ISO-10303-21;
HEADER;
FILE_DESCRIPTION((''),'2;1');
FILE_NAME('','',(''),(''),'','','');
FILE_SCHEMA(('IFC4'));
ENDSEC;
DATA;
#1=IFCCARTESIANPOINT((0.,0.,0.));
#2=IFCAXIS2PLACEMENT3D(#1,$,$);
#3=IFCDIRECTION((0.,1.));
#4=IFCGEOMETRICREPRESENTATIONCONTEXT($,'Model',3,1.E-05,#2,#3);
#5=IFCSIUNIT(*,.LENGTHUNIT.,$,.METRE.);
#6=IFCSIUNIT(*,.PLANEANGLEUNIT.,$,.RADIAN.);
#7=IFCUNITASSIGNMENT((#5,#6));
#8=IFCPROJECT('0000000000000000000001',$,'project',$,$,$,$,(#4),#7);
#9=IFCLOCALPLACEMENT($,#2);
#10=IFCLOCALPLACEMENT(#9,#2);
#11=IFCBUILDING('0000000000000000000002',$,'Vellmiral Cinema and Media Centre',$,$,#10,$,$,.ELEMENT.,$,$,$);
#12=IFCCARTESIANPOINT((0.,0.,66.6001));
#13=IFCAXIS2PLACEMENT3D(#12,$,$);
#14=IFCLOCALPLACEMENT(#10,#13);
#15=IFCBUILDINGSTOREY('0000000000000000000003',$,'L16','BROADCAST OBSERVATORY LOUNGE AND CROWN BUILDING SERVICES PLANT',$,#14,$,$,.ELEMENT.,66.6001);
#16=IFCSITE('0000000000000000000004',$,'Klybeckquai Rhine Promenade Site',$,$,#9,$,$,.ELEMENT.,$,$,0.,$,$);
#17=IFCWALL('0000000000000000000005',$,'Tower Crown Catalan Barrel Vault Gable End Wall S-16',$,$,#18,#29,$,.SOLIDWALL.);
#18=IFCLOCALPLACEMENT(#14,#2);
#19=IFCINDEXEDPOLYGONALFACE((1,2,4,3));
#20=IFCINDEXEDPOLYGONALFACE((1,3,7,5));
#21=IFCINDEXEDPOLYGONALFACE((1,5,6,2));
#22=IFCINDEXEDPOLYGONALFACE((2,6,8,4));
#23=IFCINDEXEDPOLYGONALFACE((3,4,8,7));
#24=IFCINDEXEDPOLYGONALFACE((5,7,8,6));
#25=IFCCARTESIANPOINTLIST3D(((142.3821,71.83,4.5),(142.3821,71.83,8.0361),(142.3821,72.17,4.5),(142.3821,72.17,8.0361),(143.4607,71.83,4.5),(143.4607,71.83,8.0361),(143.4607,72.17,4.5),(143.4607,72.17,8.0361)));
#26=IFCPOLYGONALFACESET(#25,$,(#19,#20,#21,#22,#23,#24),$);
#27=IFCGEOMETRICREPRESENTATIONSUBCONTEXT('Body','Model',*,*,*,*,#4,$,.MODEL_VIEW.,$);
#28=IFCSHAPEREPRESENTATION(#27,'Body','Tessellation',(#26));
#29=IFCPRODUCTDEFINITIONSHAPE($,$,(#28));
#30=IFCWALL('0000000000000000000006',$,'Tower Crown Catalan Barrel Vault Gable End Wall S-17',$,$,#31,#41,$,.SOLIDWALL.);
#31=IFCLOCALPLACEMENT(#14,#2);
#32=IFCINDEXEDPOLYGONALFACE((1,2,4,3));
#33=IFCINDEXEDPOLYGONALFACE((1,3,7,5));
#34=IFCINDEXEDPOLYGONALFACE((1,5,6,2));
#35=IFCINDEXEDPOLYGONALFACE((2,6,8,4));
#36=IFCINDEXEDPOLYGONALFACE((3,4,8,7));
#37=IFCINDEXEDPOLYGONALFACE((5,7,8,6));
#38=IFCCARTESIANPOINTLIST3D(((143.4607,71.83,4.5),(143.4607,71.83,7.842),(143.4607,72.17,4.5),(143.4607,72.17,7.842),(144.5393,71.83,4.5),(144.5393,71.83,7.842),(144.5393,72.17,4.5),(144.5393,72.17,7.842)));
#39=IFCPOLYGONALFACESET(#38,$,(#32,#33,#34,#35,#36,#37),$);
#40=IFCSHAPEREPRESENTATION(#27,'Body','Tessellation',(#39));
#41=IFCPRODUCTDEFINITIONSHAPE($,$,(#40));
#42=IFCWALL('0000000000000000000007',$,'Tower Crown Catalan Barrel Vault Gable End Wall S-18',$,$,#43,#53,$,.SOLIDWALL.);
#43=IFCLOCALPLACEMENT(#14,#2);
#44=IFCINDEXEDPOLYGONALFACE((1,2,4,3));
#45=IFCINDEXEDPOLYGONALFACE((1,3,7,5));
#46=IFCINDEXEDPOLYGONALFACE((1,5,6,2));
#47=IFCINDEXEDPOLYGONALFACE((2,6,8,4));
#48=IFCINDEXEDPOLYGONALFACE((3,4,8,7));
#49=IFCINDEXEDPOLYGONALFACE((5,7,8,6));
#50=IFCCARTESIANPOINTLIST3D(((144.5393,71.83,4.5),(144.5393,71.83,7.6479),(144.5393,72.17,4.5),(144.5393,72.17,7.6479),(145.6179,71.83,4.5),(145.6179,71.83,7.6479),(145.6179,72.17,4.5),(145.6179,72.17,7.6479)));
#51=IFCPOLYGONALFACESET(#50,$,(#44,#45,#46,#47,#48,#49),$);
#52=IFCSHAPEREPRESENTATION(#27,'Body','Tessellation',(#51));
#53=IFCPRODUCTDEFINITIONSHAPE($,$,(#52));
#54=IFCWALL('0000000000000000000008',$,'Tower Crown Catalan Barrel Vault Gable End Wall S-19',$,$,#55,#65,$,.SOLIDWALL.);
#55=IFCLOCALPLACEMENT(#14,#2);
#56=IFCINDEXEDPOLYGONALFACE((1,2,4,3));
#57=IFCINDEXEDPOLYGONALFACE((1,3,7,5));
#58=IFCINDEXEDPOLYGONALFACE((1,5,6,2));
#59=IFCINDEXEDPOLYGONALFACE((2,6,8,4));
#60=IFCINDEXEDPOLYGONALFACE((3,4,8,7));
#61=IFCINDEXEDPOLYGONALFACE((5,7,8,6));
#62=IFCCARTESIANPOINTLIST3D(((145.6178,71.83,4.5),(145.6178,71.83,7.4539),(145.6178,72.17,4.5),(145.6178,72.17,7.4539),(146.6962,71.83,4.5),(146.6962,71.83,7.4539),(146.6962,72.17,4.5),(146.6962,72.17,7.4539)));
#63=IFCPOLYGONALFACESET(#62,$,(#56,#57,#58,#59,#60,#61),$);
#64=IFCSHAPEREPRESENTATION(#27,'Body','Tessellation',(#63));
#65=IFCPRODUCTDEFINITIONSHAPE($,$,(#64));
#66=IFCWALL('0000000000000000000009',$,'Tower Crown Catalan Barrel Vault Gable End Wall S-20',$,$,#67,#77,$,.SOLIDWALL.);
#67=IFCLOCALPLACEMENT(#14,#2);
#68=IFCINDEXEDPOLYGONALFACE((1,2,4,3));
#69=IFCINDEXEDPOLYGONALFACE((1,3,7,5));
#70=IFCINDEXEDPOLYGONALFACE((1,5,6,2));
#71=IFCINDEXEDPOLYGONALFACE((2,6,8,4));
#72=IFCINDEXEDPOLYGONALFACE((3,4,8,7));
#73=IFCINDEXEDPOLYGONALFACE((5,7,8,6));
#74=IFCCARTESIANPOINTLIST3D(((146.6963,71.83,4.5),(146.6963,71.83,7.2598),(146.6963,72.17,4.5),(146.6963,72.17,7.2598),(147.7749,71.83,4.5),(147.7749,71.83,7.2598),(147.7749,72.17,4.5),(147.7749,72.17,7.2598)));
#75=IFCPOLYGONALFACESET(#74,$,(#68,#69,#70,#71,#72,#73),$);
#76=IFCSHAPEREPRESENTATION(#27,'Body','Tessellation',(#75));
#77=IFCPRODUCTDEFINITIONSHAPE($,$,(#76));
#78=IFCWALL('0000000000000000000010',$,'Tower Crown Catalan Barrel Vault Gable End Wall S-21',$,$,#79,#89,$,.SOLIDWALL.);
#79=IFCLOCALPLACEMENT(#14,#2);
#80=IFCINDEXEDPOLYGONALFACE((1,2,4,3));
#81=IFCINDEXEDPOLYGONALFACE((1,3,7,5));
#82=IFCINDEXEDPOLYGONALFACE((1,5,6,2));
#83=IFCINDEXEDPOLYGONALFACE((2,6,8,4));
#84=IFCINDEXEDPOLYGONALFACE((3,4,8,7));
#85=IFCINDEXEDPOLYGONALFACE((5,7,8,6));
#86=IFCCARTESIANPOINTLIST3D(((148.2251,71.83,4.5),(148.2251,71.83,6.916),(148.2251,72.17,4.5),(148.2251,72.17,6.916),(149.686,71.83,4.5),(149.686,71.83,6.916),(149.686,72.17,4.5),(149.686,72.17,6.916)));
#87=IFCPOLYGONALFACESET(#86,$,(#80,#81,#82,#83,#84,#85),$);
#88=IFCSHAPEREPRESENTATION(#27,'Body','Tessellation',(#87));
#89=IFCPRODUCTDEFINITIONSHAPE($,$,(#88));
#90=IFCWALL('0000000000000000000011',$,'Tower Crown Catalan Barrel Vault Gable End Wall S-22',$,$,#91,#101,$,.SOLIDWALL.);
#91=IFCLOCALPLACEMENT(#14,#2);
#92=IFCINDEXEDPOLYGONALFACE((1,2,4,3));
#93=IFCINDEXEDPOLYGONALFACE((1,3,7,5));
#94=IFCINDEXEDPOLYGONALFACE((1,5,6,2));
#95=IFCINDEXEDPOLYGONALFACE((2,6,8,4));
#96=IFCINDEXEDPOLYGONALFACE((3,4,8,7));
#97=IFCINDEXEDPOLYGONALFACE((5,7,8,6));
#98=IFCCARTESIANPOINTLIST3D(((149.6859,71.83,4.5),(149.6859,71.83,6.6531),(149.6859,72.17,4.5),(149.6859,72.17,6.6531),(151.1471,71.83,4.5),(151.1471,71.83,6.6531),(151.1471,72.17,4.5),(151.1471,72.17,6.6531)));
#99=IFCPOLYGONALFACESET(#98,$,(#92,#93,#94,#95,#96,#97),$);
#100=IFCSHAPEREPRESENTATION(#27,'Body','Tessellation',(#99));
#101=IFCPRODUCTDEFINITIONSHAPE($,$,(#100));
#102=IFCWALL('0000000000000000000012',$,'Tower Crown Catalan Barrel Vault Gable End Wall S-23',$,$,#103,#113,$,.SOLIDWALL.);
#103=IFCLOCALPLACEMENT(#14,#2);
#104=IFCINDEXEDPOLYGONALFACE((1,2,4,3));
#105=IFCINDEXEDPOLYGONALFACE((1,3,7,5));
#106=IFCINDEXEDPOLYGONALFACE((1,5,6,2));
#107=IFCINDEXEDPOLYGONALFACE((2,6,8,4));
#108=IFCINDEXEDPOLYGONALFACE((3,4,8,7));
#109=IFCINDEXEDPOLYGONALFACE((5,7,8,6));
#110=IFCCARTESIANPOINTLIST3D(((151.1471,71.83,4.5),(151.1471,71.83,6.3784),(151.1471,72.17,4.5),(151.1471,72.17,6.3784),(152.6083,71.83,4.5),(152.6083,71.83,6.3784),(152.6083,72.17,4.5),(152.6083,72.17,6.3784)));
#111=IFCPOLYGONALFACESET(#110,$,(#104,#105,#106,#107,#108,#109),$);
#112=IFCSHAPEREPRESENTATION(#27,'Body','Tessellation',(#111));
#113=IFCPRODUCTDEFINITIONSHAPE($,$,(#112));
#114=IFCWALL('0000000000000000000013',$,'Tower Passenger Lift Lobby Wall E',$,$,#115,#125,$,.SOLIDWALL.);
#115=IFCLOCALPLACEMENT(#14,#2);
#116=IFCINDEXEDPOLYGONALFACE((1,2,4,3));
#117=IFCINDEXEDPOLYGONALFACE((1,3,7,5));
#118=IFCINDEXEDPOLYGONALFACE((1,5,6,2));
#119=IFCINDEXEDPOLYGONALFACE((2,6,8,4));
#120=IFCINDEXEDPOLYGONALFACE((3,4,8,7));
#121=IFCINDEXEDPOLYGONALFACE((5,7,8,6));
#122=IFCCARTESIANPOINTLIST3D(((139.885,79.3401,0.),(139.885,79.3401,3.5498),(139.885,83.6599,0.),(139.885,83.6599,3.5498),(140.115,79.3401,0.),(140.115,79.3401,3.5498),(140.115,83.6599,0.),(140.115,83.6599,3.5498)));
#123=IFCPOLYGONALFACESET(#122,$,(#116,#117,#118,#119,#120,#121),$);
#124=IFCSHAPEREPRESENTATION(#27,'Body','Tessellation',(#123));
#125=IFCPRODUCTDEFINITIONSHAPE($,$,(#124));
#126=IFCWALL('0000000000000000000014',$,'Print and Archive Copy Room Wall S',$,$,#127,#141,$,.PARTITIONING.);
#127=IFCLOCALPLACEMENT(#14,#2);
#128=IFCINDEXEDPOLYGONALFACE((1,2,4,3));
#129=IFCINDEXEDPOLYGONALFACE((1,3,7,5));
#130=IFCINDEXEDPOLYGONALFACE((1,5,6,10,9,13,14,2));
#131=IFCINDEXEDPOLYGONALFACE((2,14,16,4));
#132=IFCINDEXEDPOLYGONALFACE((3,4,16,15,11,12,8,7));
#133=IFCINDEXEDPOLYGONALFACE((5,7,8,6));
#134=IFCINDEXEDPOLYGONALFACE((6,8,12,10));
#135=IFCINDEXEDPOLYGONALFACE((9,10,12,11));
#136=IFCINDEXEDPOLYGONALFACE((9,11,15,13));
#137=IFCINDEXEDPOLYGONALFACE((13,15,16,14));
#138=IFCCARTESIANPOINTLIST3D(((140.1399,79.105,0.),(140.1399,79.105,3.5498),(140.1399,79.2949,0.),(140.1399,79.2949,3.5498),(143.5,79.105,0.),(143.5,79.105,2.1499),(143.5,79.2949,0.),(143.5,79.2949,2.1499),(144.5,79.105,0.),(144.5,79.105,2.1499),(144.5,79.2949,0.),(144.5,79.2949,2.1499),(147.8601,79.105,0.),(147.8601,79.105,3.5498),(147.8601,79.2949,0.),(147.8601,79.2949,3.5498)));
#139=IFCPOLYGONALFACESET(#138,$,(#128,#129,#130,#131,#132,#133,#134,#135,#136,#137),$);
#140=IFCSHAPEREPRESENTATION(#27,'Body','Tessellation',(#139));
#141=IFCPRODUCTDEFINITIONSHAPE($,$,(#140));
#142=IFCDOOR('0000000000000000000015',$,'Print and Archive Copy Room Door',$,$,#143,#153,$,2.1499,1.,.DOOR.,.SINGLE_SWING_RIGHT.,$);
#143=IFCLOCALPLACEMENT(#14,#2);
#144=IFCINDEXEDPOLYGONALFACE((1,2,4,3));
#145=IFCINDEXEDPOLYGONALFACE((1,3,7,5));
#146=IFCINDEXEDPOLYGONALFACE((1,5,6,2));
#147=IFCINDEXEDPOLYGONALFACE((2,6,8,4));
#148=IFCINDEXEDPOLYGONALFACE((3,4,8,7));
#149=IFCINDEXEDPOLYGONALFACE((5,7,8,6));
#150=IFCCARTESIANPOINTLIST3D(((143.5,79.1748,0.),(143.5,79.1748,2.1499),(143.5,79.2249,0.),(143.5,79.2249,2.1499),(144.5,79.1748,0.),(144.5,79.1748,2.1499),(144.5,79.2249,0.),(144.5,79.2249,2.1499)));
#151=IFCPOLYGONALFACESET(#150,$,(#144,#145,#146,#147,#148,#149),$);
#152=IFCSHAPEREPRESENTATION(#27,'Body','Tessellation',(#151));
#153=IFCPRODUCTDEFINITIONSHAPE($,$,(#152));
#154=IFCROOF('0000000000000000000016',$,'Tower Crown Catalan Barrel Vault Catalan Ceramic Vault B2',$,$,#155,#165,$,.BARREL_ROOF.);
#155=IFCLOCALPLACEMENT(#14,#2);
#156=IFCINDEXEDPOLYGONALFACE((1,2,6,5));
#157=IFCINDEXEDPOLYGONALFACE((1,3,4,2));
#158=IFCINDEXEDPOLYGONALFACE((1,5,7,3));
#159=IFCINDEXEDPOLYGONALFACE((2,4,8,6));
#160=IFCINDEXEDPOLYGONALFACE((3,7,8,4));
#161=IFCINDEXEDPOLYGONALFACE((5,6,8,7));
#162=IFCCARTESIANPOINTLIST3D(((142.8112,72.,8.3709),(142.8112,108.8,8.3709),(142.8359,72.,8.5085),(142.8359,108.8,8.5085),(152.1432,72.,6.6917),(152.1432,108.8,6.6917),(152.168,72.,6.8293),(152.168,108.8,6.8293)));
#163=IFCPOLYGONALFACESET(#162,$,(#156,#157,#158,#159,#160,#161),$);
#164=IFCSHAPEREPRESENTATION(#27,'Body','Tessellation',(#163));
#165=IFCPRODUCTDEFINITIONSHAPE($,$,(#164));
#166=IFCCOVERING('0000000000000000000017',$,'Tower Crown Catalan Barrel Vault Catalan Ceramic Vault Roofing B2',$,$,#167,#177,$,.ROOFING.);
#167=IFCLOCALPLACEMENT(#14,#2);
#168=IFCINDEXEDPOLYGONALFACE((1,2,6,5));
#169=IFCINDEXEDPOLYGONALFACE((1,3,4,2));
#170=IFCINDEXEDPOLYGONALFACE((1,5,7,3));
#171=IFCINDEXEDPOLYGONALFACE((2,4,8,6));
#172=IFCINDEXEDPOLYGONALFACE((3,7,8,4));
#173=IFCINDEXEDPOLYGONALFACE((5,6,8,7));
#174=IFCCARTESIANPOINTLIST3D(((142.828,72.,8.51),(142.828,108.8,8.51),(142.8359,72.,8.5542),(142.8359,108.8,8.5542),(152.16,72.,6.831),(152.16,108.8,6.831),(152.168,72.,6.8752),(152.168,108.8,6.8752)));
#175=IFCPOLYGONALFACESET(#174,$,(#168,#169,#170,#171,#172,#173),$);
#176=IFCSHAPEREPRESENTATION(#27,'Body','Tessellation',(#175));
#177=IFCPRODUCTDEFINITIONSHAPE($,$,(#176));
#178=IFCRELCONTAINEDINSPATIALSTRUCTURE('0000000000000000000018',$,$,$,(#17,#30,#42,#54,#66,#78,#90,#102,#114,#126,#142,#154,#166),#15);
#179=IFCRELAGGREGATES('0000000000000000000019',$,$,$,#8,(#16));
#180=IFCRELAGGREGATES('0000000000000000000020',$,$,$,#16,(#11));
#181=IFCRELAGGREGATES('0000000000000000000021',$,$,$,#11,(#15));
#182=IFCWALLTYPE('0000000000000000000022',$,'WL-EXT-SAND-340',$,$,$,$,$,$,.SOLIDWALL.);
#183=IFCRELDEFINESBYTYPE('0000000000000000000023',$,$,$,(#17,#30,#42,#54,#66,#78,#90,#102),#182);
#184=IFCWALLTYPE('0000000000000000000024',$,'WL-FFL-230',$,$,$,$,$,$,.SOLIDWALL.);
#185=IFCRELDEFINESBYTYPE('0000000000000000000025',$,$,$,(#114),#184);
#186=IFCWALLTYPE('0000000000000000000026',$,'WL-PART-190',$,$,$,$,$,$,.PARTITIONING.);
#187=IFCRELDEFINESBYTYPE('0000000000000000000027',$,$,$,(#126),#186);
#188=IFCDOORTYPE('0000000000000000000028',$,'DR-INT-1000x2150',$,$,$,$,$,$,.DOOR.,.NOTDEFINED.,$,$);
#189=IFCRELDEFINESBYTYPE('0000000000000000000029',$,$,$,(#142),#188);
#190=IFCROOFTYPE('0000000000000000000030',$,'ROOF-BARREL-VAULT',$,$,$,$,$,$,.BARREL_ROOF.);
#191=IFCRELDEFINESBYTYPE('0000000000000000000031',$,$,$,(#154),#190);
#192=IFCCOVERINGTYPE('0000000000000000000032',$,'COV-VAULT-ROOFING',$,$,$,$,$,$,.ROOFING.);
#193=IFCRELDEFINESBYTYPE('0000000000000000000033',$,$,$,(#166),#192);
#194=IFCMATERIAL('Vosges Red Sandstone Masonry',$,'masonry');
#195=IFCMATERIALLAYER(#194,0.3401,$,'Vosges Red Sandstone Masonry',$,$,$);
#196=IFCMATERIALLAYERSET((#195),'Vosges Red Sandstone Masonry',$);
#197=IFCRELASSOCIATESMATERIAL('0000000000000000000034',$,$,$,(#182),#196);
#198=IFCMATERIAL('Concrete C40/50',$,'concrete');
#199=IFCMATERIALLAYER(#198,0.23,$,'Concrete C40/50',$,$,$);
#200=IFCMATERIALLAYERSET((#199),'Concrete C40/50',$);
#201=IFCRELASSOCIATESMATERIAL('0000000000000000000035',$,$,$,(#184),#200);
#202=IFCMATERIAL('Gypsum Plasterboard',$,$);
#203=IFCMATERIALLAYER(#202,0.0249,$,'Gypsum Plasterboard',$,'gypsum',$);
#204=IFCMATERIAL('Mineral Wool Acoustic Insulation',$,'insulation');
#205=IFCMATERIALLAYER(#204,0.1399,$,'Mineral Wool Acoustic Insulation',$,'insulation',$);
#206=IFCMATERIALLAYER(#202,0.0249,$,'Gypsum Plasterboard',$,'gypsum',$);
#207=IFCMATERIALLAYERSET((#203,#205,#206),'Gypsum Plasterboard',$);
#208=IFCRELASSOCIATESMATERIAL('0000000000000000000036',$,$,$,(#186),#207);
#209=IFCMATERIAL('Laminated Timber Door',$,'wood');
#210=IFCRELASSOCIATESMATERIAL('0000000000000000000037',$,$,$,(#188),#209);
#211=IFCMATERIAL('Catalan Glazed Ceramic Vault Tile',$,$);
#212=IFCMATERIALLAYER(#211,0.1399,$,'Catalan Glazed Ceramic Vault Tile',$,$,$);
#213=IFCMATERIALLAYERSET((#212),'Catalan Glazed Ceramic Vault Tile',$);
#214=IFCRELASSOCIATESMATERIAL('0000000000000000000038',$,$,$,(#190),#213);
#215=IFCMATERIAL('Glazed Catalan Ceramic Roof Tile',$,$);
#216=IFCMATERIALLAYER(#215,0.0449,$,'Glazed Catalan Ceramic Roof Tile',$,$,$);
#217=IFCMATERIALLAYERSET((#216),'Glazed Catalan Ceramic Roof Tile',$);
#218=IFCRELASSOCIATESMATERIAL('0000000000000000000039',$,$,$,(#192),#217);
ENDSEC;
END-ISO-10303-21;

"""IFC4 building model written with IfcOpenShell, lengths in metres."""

from ifc_helpers import new_model, si_unit, direction, frame, frame_2d, origin, place, context, subcontext, project, spatial, polyline, rectangle, outline, extrude, material, layer, layer_set, type_object, element, fill, save


model = new_model("IFC4")

# Units and contexts
model_context = context("Model", 3, precision=1e-05, world=origin(), true_north=direction((0.0, 1.0)))
body_context = subcontext(model_context, "Body", "Model", "MODEL_VIEW")
ifc_project = project(units=[si_unit("LENGTHUNIT", "METRE"), si_unit("PLANEANGLEUNIT", "RADIAN")], contexts=[model_context])

# Site, building, storey
site_placement = place(None, origin())
site = spatial("IfcSite", under=ifc_project, at=site_placement, Name="Klybeckquai Rhine Promenade Site", CompositionType="ELEMENT", RefElevation=0.0)
building_placement = place(site_placement, origin())
building = spatial("IfcBuilding", under=site, at=building_placement, Name="Vellmiral Cinema and Media Centre", CompositionType="ELEMENT")
storey_placement = place(building_placement, frame((0.0, 0.0, 66.6001)))
storey = spatial("IfcBuildingStorey", under=building, at=storey_placement, Name="L16", Description="BROADCAST OBSERVATORY LOUNGE AND CROWN BUILDING SERVICES PLANT", CompositionType="ELEMENT", Elevation=66.6001)

# Walls
ifc_material_1 = material(Name="Vosges Red Sandstone Masonry", Category="masonry")
ifc_layer_1 = layer(ifc_material_1, 0.3401, Name="Vosges Red Sandstone Masonry")
ifc_layer_set_1 = layer_set([ifc_layer_1], Name="Vosges Red Sandstone Masonry")
wall_type_1 = type_object("IfcWallType", Name="WL-EXT-SAND-340", PredefinedType="SOLIDWALL", material=ifc_layer_set_1)
wall_1_placement = place(storey_placement, frame((142.3821, 72.0, 4.5), z_axis=(0.0, 0.0, 1.0), x_axis=(1.0, 0.0, 0.0)))
element("IfcWall", 1, at=wall_1_placement, inside=storey, type_object=wall_type_1, Name="Tower Crown Catalan Barrel Vault Gable End Wall S-16", PredefinedType="SOLIDWALL", context=body_context, shape_type="SweptSolid", body=[
    extrude(rectangle(XDim=1.0786, YDim=0.3401, at=frame_2d((0.5393, 0.0))), origin(), (0.0, 0.0, 1.0), 3.5361),
])
wall_2_placement = place(storey_placement, frame((143.4607, 72.0, 4.5), z_axis=(0.0, 0.0, 1.0), x_axis=(1.0, 0.0, 0.0)))
element("IfcWall", 2, at=wall_2_placement, inside=storey, type_object=wall_type_1, Name="Tower Crown Catalan Barrel Vault Gable End Wall S-17", PredefinedType="SOLIDWALL", context=body_context, shape_type="SweptSolid", body=[
    extrude(rectangle(XDim=1.0786, YDim=0.3401, at=frame_2d((0.5393, 0.0))), origin(), (0.0, 0.0, 1.0), 3.342),
])
wall_3_placement = place(storey_placement, frame((144.5393, 72.0, 4.5), z_axis=(0.0, 0.0, 1.0), x_axis=(1.0, 0.0, 0.0)))
element("IfcWall", 3, at=wall_3_placement, inside=storey, type_object=wall_type_1, Name="Tower Crown Catalan Barrel Vault Gable End Wall S-18", PredefinedType="SOLIDWALL", context=body_context, shape_type="SweptSolid", body=[
    extrude(rectangle(XDim=1.0786, YDim=0.3401, at=frame_2d((0.5393, 0.0))), origin(), (0.0, 0.0, 1.0), 3.1479),
])
wall_4_placement = place(storey_placement, frame((145.6179, 72.0, 4.5), z_axis=(0.0, 0.0, 1.0), x_axis=(1.0, 0.0, 0.0)))
element("IfcWall", 4, at=wall_4_placement, inside=storey, type_object=wall_type_1, Name="Tower Crown Catalan Barrel Vault Gable End Wall S-19", PredefinedType="SOLIDWALL", context=body_context, shape_type="SweptSolid", body=[
    extrude(rectangle(XDim=1.0784, YDim=0.3401, at=frame_2d((0.5391, 0.0))), origin(), (0.0, 0.0, 1.0), 2.9539),
])
wall_5_placement = place(storey_placement, frame((146.6963, 72.0, 4.5), z_axis=(0.0, 0.0, 1.0), x_axis=(1.0, 0.0, 0.0)))
element("IfcWall", 5, at=wall_5_placement, inside=storey, type_object=wall_type_1, Name="Tower Crown Catalan Barrel Vault Gable End Wall S-20", PredefinedType="SOLIDWALL", context=body_context, shape_type="SweptSolid", body=[
    extrude(rectangle(XDim=1.0786, YDim=0.3401, at=frame_2d((0.5393, 0.0))), origin(), (0.0, 0.0, 1.0), 2.7598),
])
wall_6_placement = place(storey_placement, frame((148.2251, 72.0, 4.5), z_axis=(0.0, 0.0, 1.0), x_axis=(1.0, 0.0, 0.0)))
element("IfcWall", 6, at=wall_6_placement, inside=storey, type_object=wall_type_1, Name="Tower Crown Catalan Barrel Vault Gable End Wall S-21", PredefinedType="SOLIDWALL", context=body_context, shape_type="SweptSolid", body=[
    extrude(rectangle(XDim=1.4609, YDim=0.3401, at=frame_2d((0.7305, 0.0))), origin(), (0.0, 0.0, 1.0), 2.416),
])
wall_7_placement = place(storey_placement, frame((149.686, 72.0, 4.5), z_axis=(0.0, 0.0, 1.0), x_axis=(1.0, 0.0, 0.0)))
element("IfcWall", 7, at=wall_7_placement, inside=storey, type_object=wall_type_1, Name="Tower Crown Catalan Barrel Vault Gable End Wall S-22", PredefinedType="SOLIDWALL", context=body_context, shape_type="SweptSolid", body=[
    extrude(rectangle(XDim=1.4612, YDim=0.3401, at=frame_2d((0.7305, 0.0))), origin(), (0.0, 0.0, 1.0), 2.1531),
])
wall_8_placement = place(storey_placement, frame((151.1472, 72.0, 4.5), z_axis=(0.0, 0.0, 1.0), x_axis=(1.0, 0.0, 0.0)))
element("IfcWall", 8, at=wall_8_placement, inside=storey, type_object=wall_type_1, Name="Tower Crown Catalan Barrel Vault Gable End Wall S-23", PredefinedType="SOLIDWALL", context=body_context, shape_type="SweptSolid", body=[
    extrude(rectangle(XDim=1.4612, YDim=0.3401, at=frame_2d((0.7305, 0.0))), origin(), (0.0, 0.0, 1.0), 1.8784),
])
ifc_material_2 = material(Name="Concrete C40/50", Category="concrete")
ifc_layer_2 = layer(ifc_material_2, 0.23, Name="Concrete C40/50")
ifc_layer_set_2 = layer_set([ifc_layer_2], Name="Concrete C40/50")
wall_type_2 = type_object("IfcWallType", Name="WL-FFL-230", PredefinedType="SOLIDWALL", material=ifc_layer_set_2)
wall_9_placement = place(storey_placement, frame((140.0, 79.3401, 0.0), z_axis=(0.0, 0.0, 1.0), x_axis=(0.0, 1.0, 0.0)))
element("IfcWall", 9, at=wall_9_placement, inside=storey, type_object=wall_type_2, Name="Tower Passenger Lift Lobby Wall E", PredefinedType="SOLIDWALL", context=body_context, shape_type="SweptSolid", body=[
    extrude(rectangle(XDim=4.3198, YDim=0.23, at=frame_2d((2.1599, 0.0))), origin(), (0.0, 0.0, 1.0), 3.5498),
])

# Wall, opening, door
ifc_material_3 = material(Name="Gypsum Plasterboard")
ifc_layer_3 = layer(ifc_material_3, 0.0249, Name="Gypsum Plasterboard", Category="gypsum")
ifc_material_4 = material(Name="Mineral Wool Acoustic Insulation", Category="insulation")
ifc_layer_4 = layer(ifc_material_4, 0.1399, Name="Mineral Wool Acoustic Insulation", Category="insulation")
ifc_layer_5 = layer(ifc_material_3, 0.0249, Name="Gypsum Plasterboard", Category="gypsum")
ifc_layer_set_3 = layer_set([ifc_layer_3, ifc_layer_4, ifc_layer_5], Name="Gypsum Plasterboard")
wall_type_3 = type_object("IfcWallType", Name="WL-PART-190", PredefinedType="PARTITIONING", material=ifc_layer_set_3)
wall_10_placement = place(storey_placement, frame((140.1399, 79.2, 0.0), z_axis=(0.0, 0.0, 1.0), x_axis=(1.0, 0.0, 0.0)))
wall_10 = element("IfcWall", 10, at=wall_10_placement, inside=storey, type_object=wall_type_3, Name="Print and Archive Copy Room Wall S", PredefinedType="PARTITIONING", context=body_context, shape_type="SweptSolid", body=[
    extrude(rectangle(XDim=7.7202, YDim=0.1899, at=frame_2d((3.8601, 0.0))), origin(), (0.0, 0.0, 1.0), 3.5498),
])
opening_placement = place(wall_10_placement, frame((3.3601, 0.0, 0.0)))
opening = element("IfcOpeningElement", 11, at=opening_placement, cuts=wall_10, PredefinedType="OPENING", context=body_context, shape_type="SweptSolid", body=[
    extrude(rectangle(XDim=1.0, YDim=2.1499, at=frame_2d((0.5, 1.075))), frame((0.0, 0.1069, 0.0), z_axis=(0.0, -1.0, 0.0), x_axis=(1.0, 0.0, 0.0)), (0.0, 0.0, 1.0), 0.2139),
])
ifc_material_5 = material(Name="Laminated Timber Door", Category="wood")
door_type = type_object("IfcDoorType", Name="DR-INT-1000x2150", OperationType="NOTDEFINED", PredefinedType="DOOR", material=ifc_material_5)
door_placement = place(opening_placement, origin())
door = element("IfcDoor", 12, at=door_placement, inside=storey, type_object=door_type, Name="Print and Archive Copy Room Door", OperationType="SINGLE_SWING_RIGHT", OverallHeight=2.1499, OverallWidth=1.0, PredefinedType="DOOR", context=body_context, shape_type="SweptSolid", body=[
    extrude(rectangle(XDim=1.0, YDim=2.1499, at=frame_2d((0.5, 1.075))), frame((0.0, 0.0249, 0.0), z_axis=(0.0, -1.0, 0.0), x_axis=(1.0, 0.0, 0.0)), (0.0, 0.0, 1.0), 0.05),
])
fill(opening, door)

# Roof
ifc_material_6 = material(Name="Catalan Glazed Ceramic Vault Tile")
ifc_layer_6 = layer(ifc_material_6, 0.1399, Name="Catalan Glazed Ceramic Vault Tile")
ifc_layer_set_4 = layer_set([ifc_layer_6], Name="Catalan Glazed Ceramic Vault Tile")
roof_type = type_object("IfcRoofType", Name="ROOF-BARREL-VAULT", PredefinedType="BARREL_ROOF", material=ifc_layer_set_4)
roof_placement = place(storey_placement, frame((142.8359, 72.0, 8.5085), z_axis=(0.177095, 0.0, 0.984194), x_axis=(0.984194, 0.0, -0.177095)))
element("IfcRoof", 13, at=roof_placement, inside=storey, type_object=roof_type, Name="Tower Crown Catalan Barrel Vault Catalan Ceramic Vault B2", PredefinedType="BARREL_ROOF", context=body_context, shape_type="SweptSolid", body=[
    extrude(outline(polyline([(0.0, 0.0), (9.4819, 0.0), (9.4819, 36.8), (0.0, 36.8), (0.0, 0.0)])), origin(), (0.0, 0.0, -1.0), 0.1399),
])

# Covering
ifc_material_7 = material(Name="Glazed Catalan Ceramic Roof Tile")
ifc_layer_7 = layer(ifc_material_7, 0.0449, Name="Glazed Catalan Ceramic Roof Tile")
ifc_layer_set_5 = layer_set([ifc_layer_7], Name="Glazed Catalan Ceramic Roof Tile")
covering_type = type_object("IfcCoveringType", Name="COV-VAULT-ROOFING", PredefinedType="ROOFING", material=ifc_layer_set_5)
covering_placement = place(storey_placement, frame((142.8359, 72.0, 8.5542), z_axis=(0.17707, 0.0, 0.984198), x_axis=(0.984198, 0.0, -0.17707)))
element("IfcCovering", 14, at=covering_placement, inside=storey, type_object=covering_type, Name="Tower Crown Catalan Barrel Vault Catalan Ceramic Vault Roofing B2", PredefinedType="ROOFING", context=body_context, shape_type="SweptSolid", body=[
    extrude(outline(polyline([(0.0, 0.0), (9.4819, 0.0), (9.4819, 36.8), (0.0, 36.8), (0.0, 0.0)])), origin(), (0.0, 0.0, -1.0), 0.0449),
])

save(model, "model.ifc")
